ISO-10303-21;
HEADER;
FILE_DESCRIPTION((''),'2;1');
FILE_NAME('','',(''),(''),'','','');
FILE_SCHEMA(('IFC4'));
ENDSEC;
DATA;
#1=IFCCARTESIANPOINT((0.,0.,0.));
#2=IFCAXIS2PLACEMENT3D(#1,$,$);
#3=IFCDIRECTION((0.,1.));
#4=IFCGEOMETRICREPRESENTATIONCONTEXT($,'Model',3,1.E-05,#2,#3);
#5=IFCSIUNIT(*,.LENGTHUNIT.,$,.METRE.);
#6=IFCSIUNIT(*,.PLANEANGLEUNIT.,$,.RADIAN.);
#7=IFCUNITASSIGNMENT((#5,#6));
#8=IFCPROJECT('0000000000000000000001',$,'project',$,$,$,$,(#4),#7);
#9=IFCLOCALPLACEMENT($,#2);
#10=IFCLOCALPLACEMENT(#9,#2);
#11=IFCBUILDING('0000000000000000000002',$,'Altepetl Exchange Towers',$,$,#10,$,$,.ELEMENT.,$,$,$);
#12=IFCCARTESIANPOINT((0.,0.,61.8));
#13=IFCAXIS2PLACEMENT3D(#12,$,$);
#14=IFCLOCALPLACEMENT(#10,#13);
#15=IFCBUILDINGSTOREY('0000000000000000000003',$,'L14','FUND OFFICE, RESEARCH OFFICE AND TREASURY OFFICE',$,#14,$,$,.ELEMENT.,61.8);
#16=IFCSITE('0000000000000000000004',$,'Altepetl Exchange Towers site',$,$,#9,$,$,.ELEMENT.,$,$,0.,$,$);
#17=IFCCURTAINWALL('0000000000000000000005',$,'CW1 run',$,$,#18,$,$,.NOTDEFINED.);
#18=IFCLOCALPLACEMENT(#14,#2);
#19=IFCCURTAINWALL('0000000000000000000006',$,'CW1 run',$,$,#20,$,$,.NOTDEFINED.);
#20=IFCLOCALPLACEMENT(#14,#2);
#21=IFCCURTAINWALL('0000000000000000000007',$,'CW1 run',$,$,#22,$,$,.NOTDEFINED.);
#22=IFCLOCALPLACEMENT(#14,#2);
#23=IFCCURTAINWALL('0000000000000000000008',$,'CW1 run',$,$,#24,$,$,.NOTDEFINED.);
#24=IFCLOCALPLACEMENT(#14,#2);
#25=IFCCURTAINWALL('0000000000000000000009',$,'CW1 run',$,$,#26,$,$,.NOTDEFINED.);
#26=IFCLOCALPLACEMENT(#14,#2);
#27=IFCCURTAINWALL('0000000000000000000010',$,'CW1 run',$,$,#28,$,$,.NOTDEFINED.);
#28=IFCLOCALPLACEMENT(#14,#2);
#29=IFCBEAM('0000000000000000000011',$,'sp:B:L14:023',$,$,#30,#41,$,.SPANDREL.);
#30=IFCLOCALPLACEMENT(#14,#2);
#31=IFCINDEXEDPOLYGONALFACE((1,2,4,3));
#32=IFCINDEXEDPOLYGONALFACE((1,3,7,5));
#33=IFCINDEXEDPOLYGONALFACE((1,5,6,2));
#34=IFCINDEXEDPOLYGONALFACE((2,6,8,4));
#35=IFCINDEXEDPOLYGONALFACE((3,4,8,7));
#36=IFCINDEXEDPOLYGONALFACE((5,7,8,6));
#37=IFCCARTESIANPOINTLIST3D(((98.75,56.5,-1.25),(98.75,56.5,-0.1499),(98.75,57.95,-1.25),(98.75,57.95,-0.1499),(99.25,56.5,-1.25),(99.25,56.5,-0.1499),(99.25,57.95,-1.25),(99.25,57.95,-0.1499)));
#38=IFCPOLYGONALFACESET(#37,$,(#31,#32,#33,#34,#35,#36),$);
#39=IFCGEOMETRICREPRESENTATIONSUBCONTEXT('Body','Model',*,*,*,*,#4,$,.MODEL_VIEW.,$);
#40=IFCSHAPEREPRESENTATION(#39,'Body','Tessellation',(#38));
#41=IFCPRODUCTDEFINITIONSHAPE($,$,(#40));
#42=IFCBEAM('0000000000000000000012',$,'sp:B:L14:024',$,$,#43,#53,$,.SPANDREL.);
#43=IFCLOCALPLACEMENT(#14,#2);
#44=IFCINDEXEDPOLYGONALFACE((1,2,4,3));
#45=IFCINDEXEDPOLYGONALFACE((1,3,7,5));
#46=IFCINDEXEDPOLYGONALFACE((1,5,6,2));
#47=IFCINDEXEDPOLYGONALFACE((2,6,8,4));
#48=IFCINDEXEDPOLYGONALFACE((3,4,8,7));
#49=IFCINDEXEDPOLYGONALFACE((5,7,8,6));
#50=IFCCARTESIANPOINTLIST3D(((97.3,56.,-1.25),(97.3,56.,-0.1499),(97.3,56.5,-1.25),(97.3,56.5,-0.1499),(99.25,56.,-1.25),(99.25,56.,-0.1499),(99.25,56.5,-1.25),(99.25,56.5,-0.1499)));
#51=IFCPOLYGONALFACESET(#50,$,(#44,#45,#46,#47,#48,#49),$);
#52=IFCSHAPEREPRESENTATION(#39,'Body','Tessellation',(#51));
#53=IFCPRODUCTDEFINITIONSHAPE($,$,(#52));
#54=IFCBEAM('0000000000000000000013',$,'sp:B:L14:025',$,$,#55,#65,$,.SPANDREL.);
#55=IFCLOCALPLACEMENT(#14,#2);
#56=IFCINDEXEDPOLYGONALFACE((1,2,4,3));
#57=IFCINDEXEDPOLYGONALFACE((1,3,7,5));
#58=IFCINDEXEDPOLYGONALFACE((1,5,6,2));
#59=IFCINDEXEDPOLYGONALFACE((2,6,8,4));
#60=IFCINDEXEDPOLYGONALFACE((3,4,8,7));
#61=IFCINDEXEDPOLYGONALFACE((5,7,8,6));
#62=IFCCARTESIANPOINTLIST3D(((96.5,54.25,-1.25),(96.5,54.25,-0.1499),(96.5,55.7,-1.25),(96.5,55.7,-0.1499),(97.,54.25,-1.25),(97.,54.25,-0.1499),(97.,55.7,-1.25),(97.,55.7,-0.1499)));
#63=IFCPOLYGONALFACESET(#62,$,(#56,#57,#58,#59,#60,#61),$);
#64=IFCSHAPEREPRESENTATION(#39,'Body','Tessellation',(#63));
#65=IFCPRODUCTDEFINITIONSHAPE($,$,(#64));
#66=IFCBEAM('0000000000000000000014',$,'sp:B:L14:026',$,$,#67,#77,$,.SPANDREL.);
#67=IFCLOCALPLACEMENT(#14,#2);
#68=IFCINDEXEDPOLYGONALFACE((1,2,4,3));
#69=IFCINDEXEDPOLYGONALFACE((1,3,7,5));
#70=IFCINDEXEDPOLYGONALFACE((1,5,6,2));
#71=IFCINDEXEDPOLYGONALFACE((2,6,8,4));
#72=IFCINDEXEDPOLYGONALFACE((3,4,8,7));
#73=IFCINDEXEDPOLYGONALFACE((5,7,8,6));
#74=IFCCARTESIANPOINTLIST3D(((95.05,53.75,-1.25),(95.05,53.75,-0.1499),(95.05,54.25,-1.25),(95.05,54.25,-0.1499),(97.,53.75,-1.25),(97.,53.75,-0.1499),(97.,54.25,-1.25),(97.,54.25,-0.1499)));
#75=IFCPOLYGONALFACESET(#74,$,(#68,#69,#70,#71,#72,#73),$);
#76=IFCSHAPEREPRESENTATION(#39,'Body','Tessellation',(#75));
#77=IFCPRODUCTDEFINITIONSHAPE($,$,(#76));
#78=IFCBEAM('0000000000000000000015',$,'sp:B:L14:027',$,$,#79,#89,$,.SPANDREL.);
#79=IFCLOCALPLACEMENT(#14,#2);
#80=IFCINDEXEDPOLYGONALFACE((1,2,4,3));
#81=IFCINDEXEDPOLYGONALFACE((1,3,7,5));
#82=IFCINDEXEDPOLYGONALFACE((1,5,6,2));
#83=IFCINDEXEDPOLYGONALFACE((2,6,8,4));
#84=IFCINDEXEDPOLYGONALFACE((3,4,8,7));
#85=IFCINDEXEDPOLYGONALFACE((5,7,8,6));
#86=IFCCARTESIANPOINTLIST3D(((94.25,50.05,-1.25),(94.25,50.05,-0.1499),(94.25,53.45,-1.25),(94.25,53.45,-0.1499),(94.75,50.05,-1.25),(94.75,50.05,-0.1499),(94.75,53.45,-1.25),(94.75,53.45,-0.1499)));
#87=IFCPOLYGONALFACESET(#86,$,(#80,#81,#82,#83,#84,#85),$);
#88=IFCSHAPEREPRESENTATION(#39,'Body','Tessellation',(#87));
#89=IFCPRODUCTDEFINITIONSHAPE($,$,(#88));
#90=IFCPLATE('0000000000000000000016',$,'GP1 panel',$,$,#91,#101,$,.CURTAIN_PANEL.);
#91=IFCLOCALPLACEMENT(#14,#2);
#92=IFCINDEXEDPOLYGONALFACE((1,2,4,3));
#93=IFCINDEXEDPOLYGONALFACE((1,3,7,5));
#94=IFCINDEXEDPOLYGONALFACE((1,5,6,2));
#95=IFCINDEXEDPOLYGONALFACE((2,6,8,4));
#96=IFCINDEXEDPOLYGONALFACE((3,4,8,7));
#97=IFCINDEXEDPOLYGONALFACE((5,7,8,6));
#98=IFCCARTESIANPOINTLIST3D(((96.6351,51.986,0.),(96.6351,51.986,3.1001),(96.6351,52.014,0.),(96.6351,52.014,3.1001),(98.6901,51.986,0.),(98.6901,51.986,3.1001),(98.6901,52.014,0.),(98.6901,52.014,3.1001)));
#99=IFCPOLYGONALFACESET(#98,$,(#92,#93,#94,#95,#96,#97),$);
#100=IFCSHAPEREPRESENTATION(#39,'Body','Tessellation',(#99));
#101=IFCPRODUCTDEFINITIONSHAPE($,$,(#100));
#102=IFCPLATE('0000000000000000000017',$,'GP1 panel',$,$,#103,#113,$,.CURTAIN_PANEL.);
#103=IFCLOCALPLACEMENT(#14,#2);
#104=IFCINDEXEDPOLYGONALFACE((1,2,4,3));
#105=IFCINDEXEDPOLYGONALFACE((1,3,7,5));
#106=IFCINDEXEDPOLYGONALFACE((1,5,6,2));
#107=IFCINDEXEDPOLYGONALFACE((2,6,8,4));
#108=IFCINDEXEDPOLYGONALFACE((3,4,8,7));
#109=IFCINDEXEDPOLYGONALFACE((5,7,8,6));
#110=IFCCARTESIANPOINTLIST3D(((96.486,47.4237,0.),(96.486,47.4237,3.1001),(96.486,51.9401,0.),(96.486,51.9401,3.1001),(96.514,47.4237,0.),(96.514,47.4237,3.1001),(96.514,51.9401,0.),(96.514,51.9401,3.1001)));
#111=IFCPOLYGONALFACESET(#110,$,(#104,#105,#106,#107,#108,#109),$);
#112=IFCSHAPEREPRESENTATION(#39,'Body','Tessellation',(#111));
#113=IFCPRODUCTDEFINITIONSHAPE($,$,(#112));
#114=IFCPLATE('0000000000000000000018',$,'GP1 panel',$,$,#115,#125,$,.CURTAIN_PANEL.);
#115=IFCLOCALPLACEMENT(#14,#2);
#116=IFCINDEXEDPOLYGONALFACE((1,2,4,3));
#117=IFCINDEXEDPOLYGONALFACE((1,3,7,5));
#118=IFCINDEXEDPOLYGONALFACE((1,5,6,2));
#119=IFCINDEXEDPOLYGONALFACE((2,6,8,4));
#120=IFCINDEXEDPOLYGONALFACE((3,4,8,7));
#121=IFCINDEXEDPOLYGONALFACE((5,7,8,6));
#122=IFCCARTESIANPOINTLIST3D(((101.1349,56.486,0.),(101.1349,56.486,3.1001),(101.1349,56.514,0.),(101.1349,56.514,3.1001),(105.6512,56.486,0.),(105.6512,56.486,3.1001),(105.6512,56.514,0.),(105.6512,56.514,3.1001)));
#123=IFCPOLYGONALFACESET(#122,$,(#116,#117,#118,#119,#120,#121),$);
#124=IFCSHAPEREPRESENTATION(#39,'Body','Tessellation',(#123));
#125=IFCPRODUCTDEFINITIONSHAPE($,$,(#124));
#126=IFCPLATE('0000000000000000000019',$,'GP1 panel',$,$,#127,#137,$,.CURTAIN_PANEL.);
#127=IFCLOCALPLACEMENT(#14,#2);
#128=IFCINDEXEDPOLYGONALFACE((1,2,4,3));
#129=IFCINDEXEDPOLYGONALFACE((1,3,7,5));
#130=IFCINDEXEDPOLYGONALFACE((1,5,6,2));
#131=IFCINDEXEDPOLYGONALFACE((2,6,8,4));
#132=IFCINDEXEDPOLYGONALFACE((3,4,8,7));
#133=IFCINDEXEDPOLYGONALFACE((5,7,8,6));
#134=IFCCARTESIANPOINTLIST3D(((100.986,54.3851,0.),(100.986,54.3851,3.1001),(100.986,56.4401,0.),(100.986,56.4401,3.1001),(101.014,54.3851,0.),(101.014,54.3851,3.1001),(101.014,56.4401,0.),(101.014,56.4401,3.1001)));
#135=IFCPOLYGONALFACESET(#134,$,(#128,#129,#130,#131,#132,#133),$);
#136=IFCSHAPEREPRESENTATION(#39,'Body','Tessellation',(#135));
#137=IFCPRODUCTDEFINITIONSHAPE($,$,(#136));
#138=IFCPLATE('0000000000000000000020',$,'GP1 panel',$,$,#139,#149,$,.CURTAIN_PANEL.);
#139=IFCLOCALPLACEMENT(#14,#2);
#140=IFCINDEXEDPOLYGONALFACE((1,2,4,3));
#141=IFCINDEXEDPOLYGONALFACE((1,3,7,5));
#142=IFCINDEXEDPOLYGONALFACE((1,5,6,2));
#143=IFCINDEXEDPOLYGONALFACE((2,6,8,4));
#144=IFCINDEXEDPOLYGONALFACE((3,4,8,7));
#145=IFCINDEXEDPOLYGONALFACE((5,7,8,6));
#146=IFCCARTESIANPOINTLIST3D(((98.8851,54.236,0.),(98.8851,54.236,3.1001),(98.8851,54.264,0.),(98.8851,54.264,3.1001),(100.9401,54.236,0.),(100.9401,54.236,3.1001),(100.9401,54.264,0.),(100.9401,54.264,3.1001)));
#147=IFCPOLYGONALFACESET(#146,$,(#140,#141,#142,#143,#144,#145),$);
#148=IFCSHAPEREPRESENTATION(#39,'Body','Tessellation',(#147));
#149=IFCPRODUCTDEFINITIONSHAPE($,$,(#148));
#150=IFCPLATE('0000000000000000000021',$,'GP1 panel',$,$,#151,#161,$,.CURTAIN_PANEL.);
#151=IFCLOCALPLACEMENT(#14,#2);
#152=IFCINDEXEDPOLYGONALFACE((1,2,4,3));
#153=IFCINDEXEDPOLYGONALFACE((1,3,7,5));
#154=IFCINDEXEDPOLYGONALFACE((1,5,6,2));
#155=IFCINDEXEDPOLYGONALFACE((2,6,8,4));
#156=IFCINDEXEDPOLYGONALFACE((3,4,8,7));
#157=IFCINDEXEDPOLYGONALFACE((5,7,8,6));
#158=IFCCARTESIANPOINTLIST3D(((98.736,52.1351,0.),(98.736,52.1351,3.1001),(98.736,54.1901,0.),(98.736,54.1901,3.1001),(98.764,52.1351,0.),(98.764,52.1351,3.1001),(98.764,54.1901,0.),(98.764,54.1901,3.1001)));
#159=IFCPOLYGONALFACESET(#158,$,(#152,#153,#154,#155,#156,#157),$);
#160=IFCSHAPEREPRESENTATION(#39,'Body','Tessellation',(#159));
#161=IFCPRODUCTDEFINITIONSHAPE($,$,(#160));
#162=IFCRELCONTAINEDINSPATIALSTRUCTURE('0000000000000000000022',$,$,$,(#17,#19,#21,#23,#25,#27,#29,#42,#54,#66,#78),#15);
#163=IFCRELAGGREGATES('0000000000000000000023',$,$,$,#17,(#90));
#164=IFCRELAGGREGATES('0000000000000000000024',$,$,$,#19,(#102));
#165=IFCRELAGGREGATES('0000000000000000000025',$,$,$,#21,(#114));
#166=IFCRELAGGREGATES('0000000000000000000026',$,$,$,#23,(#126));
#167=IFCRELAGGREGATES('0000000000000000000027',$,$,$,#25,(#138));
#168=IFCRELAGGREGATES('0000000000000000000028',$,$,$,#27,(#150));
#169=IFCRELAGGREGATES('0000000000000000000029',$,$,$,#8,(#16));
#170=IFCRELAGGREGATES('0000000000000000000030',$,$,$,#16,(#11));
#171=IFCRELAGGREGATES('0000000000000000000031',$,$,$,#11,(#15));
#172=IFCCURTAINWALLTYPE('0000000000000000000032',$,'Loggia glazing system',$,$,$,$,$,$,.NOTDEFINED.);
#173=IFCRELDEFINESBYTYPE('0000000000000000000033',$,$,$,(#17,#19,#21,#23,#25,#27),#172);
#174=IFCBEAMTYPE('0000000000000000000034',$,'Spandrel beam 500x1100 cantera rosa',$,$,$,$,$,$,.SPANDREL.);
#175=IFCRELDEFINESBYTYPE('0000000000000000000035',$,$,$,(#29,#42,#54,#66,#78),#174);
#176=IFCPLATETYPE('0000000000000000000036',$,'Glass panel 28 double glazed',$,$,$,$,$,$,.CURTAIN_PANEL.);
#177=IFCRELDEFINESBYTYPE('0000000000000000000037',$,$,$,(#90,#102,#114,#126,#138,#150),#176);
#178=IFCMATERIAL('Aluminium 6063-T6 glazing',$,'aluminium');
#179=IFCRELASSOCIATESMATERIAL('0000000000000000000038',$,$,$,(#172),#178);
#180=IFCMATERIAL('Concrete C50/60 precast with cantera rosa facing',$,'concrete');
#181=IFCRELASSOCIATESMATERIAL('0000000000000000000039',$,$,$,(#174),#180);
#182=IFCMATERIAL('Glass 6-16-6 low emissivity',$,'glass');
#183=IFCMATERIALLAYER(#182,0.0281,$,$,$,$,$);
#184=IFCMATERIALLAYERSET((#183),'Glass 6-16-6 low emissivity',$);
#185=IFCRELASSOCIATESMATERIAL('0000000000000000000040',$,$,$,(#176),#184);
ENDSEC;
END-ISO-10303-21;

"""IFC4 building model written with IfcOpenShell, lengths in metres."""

from ifc_helpers import new_model, si_unit, direction, frame, origin, origin_2d, place, context, subcontext, project, spatial, rectangle, extrude, material, layer, layer_set, material_profile, profile_set, type_object, element, aggregate, save


model = new_model("IFC4")

# Units and contexts
model_context = context("Model", 3, precision=1e-05, world=origin(), true_north=direction((0.0, 1.0)))
body_context = subcontext(model_context, "Body", "Model", "MODEL_VIEW")
ifc_project = project(units=[si_unit("LENGTHUNIT", "METRE"), si_unit("PLANEANGLEUNIT", "RADIAN")], contexts=[model_context])

# Site, building, storey
site_placement = place(None, origin())
site = spatial("IfcSite", under=ifc_project, at=site_placement, Name="Altepetl Exchange Towers site", CompositionType="ELEMENT", RefElevation=0.0)
building_placement = place(site_placement, origin())
building = spatial("IfcBuilding", under=site, at=building_placement, Name="Altepetl Exchange Towers", CompositionType="ELEMENT")
storey_placement = place(building_placement, frame((0.0, 0.0, 61.8)))
storey = spatial("IfcBuildingStorey", under=building, at=storey_placement, Name="L14", Description="FUND OFFICE, RESEARCH OFFICE AND TREASURY OFFICE", CompositionType="ELEMENT", Elevation=61.8)

# Curtain walls
ifc_material_1 = material(Name="Aluminium 6063-T6 glazing", Category="aluminium")
curtain_wall_type = type_object("IfcCurtainWallType", Name="Loggia glazing system", PredefinedType="NOTDEFINED", material=ifc_material_1)
curtain_wall_1_placement = place(storey_placement, origin())
curtain_wall_1 = element("IfcCurtainWall", 1, at=curtain_wall_1_placement, inside=storey, type_object=curtain_wall_type, Name="CW1 run", PredefinedType="NOTDEFINED")
curtain_wall_2_placement = place(storey_placement, origin())
curtain_wall_2 = element("IfcCurtainWall", 2, at=curtain_wall_2_placement, inside=storey, type_object=curtain_wall_type, Name="CW1 run", PredefinedType="NOTDEFINED")

# Curtain wall
curtain_wall_3_placement = place(storey_placement, origin())
curtain_wall_3 = element("IfcCurtainWall", 3, at=curtain_wall_3_placement, inside=storey, type_object=curtain_wall_type, Name="CW1 run", PredefinedType="NOTDEFINED")

# Curtain walls
curtain_wall_4_placement = place(storey_placement, origin())
curtain_wall_4 = element("IfcCurtainWall", 4, at=curtain_wall_4_placement, inside=storey, type_object=curtain_wall_type, Name="CW1 run", PredefinedType="NOTDEFINED")
curtain_wall_5_placement = place(storey_placement, origin())
curtain_wall_5 = element("IfcCurtainWall", 5, at=curtain_wall_5_placement, inside=storey, type_object=curtain_wall_type, Name="CW1 run", PredefinedType="NOTDEFINED")
curtain_wall_6_placement = place(storey_placement, origin())
curtain_wall_6 = element("IfcCurtainWall", 6, at=curtain_wall_6_placement, inside=storey, type_object=curtain_wall_type, Name="CW1 run", PredefinedType="NOTDEFINED")

# Beams
ifc_material_2 = material(Name="Concrete C50/60 precast with cantera rosa facing", Category="concrete")
ifc_material_profile_1 = material_profile(ifc_material_2, rectangle(XDim=0.5, YDim=1.1001, at=origin_2d()), Name="500 x 1100")
ifc_profile_set_1 = profile_set([ifc_material_profile_1], Name="Concrete C50/60 precast with cantera rosa facing")
beam_type_1 = type_object("IfcBeamType", Name="Spandrel beam 500x1100 cantera rosa", PredefinedType="SPANDREL", material=ifc_profile_set_1)
beam_1_placement = place(storey_placement, frame((99.0, 57.95, -0.7), z_axis=(0.0, -1.0, 0.0), x_axis=(1.0, 0.0, 0.0)))
element("IfcBeam", 7, at=beam_1_placement, inside=storey, type_object=beam_type_1, Name="sp:B:L14:023", PredefinedType="SPANDREL", context=body_context, shape_type="SweptSolid", body=[
    extrude(rectangle(XDim=0.5, YDim=1.1001, at=origin_2d()), origin(), (0.0, 0.0, 1.0), 1.45),
])
beam_2_placement = place(storey_placement, frame((99.25, 56.25, -0.7), z_axis=(-1.0, 0.0, 0.0), x_axis=(0.0, -1.0, 0.0)))
element("IfcBeam", 8, at=beam_2_placement, inside=storey, type_object=beam_type_1, Name="sp:B:L14:024", PredefinedType="SPANDREL", context=body_context, shape_type="SweptSolid", body=[
    extrude(rectangle(XDim=0.5, YDim=1.1001, at=origin_2d()), origin(), (0.0, 0.0, 1.0), 1.95),
])
beam_3_placement = place(storey_placement, frame((96.75, 55.7, -0.7), z_axis=(0.0, -1.0, 0.0), x_axis=(1.0, 0.0, 0.0)))
element("IfcBeam", 9, at=beam_3_placement, inside=storey, type_object=beam_type_1, Name="sp:B:L14:025", PredefinedType="SPANDREL", context=body_context, shape_type="SweptSolid", body=[
    extrude(rectangle(XDim=0.5, YDim=1.1001, at=origin_2d()), origin(), (0.0, 0.0, 1.0), 1.45),
])
beam_4_placement = place(storey_placement, frame((97.0, 54.0, -0.7), z_axis=(-1.0, 0.0, 0.0), x_axis=(0.0, -1.0, 0.0)))
element("IfcBeam", 10, at=beam_4_placement, inside=storey, type_object=beam_type_1, Name="sp:B:L14:026", PredefinedType="SPANDREL", context=body_context, shape_type="SweptSolid", body=[
    extrude(rectangle(XDim=0.5, YDim=1.1001, at=origin_2d()), origin(), (0.0, 0.0, 1.0), 1.95),
])
beam_5_placement = place(storey_placement, frame((94.5, 53.45, -0.7), z_axis=(0.0, -1.0, 0.0), x_axis=(1.0, 0.0, 0.0)))
element("IfcBeam", 11, at=beam_5_placement, inside=storey, type_object=beam_type_1, Name="sp:B:L14:027", PredefinedType="SPANDREL", context=body_context, shape_type="SweptSolid", body=[
    extrude(rectangle(XDim=0.5, YDim=1.1001, at=origin_2d()), origin(), (0.0, 0.0, 1.0), 3.3999),
])

# Plates
ifc_material_3 = material(Name="Glass 6-16-6 low emissivity", Category="glass")
ifc_layer_1 = layer(ifc_material_3, 0.0281)
ifc_layer_set_1 = layer_set([ifc_layer_1], Name="Glass 6-16-6 low emissivity")
plate_type = type_object("IfcPlateType", Name="Glass panel 28 double glazed", PredefinedType="CURTAIN_PANEL", material=ifc_layer_set_1)
plate_1_placement = place(storey_placement, frame((97.6626, 52.0, 0.0), z_axis=(0.0, 0.0, 1.0), x_axis=(-1.0, 0.0, 0.0)))
plate_1 = element("IfcPlate", 12, at=plate_1_placement, type_object=plate_type, Name="GP1 panel", PredefinedType="CURTAIN_PANEL", context=body_context, shape_type="SweptSolid", body=[
    extrude(rectangle(XDim=2.0549, YDim=0.0281, at=origin_2d()), origin(), (0.0, 0.0, 1.0), 3.1001),
])
aggregate(curtain_wall_1, [plate_1])
plate_2_placement = place(storey_placement, frame((96.5, 49.6819, 0.0), z_axis=(0.0, 0.0, 1.0), x_axis=(0.0, -1.0, 0.0)))
plate_2 = element("IfcPlate", 13, at=plate_2_placement, type_object=plate_type, Name="GP1 panel", PredefinedType="CURTAIN_PANEL", context=body_context, shape_type="SweptSolid", body=[
    extrude(rectangle(XDim=4.5164, YDim=0.0281, at=origin_2d()), origin(), (0.0, 0.0, 1.0), 3.1001),
])
aggregate(curtain_wall_2, [plate_2])
plate_3_placement = place(storey_placement, frame((103.3931, 56.5, 0.0), z_axis=(0.0, 0.0, 1.0), x_axis=(-1.0, 0.0, 0.0)))
plate_3 = element("IfcPlate", 14, at=plate_3_placement, type_object=plate_type, Name="GP1 panel", PredefinedType="CURTAIN_PANEL", context=body_context, shape_type="SweptSolid", body=[
    extrude(rectangle(XDim=4.5164, YDim=0.0281, at=origin_2d()), origin(), (0.0, 0.0, 1.0), 3.1001),
])
aggregate(curtain_wall_3, [plate_3])
plate_4_placement = place(storey_placement, frame((101.0, 55.4126, 0.0), z_axis=(0.0, 0.0, 1.0), x_axis=(0.0, -1.0, 0.0)))
plate_4 = element("IfcPlate", 15, at=plate_4_placement, type_object=plate_type, Name="GP1 panel", PredefinedType="CURTAIN_PANEL", context=body_context, shape_type="SweptSolid", body=[
    extrude(rectangle(XDim=2.0549, YDim=0.0281, at=origin_2d()), origin(), (0.0, 0.0, 1.0), 3.1001),
])
aggregate(curtain_wall_4, [plate_4])
plate_5_placement = place(storey_placement, frame((99.9126, 54.25, 0.0), z_axis=(0.0, 0.0, 1.0), x_axis=(-1.0, 0.0, 0.0)))
plate_5 = element("IfcPlate", 16, at=plate_5_placement, type_object=plate_type, Name="GP1 panel", PredefinedType="CURTAIN_PANEL", context=body_context, shape_type="SweptSolid", body=[
    extrude(rectangle(XDim=2.0549, YDim=0.0281, at=origin_2d()), origin(), (0.0, 0.0, 1.0), 3.1001),
])
aggregate(curtain_wall_5, [plate_5])
plate_6_placement = place(storey_placement, frame((98.75, 53.1626, 0.0), z_axis=(0.0, 0.0, 1.0), x_axis=(0.0, -1.0, 0.0)))
plate_6 = element("IfcPlate", 17, at=plate_6_placement, type_object=plate_type, Name="GP1 panel", PredefinedType="CURTAIN_PANEL", context=body_context, shape_type="SweptSolid", body=[
    extrude(rectangle(XDim=2.0549, YDim=0.0281, at=origin_2d()), origin(), (0.0, 0.0, 1.0), 3.1001),
])
aggregate(curtain_wall_6, [plate_6])

save(model, "model.ifc")
